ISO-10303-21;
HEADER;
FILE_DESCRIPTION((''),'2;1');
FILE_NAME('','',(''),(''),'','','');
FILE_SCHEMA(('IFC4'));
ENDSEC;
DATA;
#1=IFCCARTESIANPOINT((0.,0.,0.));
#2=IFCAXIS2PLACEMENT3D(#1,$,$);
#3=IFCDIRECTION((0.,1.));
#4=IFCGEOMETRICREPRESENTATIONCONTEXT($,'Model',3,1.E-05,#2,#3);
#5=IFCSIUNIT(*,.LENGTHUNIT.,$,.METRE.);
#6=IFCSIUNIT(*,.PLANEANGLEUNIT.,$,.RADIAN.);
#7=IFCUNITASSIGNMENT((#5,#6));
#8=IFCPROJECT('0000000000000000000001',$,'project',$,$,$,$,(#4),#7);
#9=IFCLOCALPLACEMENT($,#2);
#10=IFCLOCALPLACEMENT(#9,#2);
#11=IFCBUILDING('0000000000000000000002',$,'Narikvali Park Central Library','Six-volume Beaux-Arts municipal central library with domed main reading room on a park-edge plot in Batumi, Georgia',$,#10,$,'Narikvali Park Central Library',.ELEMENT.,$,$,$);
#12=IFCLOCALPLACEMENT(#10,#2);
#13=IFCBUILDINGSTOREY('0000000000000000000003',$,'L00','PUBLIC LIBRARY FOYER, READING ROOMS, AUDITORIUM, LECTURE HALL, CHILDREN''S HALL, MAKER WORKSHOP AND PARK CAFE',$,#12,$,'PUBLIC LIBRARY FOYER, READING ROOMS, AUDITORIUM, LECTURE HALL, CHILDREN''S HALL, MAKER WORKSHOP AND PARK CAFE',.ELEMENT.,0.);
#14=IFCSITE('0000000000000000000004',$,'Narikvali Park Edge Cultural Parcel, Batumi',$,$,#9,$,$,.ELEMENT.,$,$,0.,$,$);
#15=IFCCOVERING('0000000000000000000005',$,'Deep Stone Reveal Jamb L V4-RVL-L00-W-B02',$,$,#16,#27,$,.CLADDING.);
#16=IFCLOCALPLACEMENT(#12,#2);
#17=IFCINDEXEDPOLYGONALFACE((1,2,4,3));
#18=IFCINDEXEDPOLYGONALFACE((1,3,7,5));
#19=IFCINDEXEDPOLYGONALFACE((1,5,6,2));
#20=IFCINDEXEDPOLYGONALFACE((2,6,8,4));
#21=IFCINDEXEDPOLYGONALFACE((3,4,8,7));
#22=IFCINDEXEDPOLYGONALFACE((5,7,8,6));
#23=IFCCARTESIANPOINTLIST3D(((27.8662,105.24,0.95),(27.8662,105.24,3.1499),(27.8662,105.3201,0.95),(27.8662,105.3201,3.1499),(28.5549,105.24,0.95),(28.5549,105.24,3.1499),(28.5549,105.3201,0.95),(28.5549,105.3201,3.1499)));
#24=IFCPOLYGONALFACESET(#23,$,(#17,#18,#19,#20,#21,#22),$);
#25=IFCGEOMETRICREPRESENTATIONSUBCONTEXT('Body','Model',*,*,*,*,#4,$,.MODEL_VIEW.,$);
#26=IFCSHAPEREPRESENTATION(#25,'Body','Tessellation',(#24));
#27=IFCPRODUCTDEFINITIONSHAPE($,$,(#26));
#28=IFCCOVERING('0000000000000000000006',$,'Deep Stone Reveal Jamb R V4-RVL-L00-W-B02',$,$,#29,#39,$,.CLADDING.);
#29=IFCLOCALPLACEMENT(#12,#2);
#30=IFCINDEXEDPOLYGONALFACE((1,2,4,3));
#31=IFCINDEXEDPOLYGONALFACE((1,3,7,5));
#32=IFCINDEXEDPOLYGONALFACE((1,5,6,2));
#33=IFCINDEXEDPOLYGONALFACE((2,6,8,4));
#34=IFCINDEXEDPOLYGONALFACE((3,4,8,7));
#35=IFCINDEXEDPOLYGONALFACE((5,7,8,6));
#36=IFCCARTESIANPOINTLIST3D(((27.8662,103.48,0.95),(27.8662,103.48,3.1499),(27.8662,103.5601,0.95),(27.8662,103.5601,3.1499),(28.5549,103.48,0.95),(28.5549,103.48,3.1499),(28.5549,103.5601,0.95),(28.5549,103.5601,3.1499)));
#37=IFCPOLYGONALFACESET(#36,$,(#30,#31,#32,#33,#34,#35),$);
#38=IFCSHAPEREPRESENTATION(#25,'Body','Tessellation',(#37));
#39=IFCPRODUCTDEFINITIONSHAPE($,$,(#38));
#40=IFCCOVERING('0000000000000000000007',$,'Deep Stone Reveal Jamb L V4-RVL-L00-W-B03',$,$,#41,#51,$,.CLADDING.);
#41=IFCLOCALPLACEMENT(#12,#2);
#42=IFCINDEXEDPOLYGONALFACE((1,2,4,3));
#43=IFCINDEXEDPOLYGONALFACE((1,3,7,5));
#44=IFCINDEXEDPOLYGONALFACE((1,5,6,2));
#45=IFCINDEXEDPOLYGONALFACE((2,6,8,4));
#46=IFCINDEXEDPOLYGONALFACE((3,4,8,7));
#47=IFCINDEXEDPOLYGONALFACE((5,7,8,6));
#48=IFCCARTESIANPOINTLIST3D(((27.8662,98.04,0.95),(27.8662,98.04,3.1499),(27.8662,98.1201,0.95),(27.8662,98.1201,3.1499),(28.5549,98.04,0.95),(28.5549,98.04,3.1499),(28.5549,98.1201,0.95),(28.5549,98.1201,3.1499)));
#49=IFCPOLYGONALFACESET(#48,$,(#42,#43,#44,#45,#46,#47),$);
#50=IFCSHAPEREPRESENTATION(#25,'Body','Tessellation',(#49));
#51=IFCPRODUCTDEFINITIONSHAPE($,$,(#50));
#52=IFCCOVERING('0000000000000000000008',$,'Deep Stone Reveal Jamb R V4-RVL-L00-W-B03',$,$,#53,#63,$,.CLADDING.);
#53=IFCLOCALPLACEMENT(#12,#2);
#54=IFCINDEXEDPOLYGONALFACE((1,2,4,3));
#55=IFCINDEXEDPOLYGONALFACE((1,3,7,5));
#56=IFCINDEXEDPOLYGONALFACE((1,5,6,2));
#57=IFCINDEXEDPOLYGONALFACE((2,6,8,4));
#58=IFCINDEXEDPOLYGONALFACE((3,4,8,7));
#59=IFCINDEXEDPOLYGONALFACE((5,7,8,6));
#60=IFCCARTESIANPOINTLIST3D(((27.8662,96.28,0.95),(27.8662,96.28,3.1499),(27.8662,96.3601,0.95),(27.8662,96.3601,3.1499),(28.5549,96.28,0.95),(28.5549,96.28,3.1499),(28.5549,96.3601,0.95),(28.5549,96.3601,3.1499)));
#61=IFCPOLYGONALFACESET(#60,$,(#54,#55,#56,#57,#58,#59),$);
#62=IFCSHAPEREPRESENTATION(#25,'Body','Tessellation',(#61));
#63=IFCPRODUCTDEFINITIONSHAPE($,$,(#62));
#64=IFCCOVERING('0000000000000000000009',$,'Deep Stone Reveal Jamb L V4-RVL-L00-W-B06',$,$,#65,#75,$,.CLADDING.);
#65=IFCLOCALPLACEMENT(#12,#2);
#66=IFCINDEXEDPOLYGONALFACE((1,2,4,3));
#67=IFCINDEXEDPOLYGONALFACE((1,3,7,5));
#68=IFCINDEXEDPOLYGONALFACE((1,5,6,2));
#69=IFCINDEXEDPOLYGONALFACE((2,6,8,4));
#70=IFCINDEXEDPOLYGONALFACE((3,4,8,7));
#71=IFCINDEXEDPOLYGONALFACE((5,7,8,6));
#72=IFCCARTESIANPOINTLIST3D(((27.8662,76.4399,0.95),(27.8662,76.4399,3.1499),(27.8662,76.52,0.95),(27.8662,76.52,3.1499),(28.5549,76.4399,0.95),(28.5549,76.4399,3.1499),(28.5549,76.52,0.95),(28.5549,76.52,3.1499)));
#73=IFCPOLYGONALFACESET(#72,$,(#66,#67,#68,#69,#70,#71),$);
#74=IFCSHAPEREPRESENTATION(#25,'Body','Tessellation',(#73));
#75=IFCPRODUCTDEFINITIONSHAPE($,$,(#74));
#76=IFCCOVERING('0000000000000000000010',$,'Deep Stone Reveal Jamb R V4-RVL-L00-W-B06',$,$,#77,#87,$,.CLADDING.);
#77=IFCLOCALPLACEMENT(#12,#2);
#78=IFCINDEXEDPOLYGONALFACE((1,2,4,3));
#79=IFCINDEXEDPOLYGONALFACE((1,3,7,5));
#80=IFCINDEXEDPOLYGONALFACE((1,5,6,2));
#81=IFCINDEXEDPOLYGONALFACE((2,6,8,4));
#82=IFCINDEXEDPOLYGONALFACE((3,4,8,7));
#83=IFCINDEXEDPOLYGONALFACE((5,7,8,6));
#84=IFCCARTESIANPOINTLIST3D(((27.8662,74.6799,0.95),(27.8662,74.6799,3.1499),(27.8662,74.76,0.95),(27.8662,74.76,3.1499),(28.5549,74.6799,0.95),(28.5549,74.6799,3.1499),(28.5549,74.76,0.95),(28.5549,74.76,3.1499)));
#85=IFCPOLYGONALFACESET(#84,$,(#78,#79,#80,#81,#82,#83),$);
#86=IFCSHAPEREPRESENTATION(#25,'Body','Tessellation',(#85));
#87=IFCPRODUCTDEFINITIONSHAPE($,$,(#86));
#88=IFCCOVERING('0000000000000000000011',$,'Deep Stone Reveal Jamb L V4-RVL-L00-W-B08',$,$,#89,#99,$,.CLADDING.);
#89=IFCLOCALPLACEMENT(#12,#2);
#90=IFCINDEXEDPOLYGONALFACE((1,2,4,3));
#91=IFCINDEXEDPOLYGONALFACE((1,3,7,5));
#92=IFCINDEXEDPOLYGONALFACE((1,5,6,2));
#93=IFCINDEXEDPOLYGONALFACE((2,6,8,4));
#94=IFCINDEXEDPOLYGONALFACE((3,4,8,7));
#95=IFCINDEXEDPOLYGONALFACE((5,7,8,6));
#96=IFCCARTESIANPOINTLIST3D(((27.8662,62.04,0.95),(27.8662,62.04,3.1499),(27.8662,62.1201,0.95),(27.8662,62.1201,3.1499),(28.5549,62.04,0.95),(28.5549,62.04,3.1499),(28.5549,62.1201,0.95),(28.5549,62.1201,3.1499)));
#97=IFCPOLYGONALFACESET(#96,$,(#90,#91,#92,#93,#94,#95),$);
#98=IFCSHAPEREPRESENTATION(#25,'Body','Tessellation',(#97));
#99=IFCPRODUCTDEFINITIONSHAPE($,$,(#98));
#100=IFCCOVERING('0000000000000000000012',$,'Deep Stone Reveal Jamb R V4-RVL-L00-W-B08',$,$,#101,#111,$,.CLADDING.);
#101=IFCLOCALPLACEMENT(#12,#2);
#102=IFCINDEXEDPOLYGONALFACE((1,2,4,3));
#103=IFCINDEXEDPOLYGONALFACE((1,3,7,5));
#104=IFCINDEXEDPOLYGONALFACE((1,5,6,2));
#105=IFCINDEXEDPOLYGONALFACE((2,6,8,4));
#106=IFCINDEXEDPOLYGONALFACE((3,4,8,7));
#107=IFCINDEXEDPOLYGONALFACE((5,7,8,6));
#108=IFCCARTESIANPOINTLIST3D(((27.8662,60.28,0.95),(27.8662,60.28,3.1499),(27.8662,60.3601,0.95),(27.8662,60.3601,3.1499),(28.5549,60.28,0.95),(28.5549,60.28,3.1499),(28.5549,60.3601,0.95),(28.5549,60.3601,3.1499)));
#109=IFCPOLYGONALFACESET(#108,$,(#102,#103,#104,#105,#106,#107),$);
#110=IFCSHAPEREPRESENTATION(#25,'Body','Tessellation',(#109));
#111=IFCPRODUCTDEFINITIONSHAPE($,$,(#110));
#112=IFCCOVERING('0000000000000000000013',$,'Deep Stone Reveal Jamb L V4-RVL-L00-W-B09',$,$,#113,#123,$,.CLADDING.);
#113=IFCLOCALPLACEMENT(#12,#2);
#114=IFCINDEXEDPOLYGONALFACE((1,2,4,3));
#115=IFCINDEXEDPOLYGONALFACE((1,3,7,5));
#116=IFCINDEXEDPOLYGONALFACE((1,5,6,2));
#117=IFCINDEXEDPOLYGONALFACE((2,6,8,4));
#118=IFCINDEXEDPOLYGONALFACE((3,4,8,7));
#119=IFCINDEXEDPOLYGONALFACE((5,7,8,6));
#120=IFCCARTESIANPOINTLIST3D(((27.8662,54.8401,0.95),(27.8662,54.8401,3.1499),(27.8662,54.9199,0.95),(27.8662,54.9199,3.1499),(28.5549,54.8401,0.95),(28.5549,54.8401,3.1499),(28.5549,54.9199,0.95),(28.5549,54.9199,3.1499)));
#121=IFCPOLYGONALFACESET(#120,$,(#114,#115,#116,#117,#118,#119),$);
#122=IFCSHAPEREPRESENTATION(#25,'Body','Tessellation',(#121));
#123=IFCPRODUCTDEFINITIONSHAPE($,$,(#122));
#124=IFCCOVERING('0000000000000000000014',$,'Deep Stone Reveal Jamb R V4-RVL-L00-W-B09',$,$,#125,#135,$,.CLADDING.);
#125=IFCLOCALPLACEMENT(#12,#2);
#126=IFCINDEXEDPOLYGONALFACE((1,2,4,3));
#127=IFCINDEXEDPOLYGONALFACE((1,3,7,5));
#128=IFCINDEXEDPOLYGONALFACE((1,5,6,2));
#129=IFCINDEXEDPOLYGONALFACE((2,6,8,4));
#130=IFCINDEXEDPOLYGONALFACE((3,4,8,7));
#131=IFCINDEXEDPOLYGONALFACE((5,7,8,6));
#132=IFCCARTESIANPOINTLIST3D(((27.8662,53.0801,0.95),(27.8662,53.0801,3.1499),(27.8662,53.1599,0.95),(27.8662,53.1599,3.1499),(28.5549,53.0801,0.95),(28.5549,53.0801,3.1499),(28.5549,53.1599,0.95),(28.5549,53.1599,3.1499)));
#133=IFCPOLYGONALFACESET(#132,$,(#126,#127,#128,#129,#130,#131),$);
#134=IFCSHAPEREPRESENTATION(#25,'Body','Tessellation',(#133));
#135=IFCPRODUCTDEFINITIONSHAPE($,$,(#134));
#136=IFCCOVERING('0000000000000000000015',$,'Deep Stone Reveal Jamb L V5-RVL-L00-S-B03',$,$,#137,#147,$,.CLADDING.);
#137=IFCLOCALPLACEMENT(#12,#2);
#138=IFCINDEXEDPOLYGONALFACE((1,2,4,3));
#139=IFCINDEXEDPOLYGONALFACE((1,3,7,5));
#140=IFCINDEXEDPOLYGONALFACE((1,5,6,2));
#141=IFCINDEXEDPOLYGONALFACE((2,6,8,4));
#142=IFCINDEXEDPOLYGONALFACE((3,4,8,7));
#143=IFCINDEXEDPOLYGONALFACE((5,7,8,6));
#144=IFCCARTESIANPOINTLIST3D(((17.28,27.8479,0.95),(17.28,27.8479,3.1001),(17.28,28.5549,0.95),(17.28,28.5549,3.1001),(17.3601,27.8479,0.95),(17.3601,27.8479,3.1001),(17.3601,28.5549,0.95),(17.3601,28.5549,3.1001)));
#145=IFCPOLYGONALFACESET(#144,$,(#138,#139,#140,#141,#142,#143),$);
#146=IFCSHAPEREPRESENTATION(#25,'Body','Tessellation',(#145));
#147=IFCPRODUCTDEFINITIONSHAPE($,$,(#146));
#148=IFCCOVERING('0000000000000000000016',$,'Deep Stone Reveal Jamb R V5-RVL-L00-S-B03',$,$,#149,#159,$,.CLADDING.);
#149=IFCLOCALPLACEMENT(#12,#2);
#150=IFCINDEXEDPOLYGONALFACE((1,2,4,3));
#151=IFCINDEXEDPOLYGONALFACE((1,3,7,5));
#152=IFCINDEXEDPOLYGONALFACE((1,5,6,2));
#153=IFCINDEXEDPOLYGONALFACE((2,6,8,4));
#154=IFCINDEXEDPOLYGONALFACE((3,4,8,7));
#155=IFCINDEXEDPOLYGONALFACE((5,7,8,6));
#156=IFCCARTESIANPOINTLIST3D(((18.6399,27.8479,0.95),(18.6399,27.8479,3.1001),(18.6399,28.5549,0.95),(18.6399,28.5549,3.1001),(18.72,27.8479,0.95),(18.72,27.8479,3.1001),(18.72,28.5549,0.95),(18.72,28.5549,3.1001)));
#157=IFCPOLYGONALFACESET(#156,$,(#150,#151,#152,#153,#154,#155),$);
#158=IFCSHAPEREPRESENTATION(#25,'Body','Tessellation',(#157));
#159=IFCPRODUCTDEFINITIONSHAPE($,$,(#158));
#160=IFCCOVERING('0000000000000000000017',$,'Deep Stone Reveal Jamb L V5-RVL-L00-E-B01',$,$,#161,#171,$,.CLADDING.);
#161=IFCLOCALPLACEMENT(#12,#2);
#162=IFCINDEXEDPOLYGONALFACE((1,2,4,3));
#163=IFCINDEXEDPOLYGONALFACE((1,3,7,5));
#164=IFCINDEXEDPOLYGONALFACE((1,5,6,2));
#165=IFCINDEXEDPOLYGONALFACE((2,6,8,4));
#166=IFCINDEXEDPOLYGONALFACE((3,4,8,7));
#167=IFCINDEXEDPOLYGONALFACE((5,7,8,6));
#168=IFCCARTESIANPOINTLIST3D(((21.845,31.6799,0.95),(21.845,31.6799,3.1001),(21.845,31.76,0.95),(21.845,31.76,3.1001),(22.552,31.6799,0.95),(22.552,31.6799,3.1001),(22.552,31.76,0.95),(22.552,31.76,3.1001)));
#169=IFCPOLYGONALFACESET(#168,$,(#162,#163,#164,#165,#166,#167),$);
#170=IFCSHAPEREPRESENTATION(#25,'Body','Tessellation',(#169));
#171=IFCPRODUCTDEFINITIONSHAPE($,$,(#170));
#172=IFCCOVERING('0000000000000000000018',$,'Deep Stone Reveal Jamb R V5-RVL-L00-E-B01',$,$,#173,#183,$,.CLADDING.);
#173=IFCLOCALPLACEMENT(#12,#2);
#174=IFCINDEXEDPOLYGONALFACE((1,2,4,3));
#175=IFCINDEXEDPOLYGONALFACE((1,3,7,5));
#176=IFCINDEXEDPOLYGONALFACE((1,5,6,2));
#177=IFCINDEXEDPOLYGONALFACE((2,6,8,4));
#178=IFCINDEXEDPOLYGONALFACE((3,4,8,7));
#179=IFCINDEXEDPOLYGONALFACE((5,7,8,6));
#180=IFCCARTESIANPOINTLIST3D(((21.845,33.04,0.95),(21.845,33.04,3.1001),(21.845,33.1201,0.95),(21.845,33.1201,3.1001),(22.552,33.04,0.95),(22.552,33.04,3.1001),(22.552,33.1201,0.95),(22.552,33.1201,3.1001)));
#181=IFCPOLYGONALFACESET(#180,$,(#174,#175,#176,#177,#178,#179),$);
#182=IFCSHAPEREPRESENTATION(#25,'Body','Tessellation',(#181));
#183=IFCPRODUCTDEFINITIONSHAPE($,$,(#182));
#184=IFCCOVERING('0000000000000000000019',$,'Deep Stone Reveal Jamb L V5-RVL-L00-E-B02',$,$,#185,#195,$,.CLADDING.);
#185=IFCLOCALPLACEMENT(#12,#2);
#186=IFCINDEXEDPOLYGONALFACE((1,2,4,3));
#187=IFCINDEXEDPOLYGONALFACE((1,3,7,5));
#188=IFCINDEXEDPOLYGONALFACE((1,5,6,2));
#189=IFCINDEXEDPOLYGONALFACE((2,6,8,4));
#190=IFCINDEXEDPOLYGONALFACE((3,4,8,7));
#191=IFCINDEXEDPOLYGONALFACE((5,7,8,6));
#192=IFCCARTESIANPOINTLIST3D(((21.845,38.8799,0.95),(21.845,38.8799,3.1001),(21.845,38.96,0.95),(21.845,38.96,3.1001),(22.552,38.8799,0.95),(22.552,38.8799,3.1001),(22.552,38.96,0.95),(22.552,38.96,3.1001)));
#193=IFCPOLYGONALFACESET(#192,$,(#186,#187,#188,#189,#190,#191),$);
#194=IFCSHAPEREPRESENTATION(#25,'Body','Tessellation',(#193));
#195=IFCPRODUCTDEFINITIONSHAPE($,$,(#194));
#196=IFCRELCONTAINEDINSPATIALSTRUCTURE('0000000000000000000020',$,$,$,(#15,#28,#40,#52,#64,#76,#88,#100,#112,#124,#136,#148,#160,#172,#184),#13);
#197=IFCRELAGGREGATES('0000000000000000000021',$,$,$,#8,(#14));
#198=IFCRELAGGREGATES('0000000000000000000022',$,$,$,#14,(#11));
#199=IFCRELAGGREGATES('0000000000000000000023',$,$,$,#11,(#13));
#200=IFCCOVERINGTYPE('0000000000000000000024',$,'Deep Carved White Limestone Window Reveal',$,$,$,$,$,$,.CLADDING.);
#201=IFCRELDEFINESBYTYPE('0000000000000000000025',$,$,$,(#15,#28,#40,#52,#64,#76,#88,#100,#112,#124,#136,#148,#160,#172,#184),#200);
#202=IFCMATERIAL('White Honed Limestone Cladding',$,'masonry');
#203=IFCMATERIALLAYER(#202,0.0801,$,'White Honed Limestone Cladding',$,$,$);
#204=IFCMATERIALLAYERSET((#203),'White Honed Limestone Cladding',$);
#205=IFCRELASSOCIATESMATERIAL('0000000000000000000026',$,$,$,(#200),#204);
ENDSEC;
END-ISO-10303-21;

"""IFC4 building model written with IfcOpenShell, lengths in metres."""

from ifc_helpers import new_model, si_unit, direction, frame, origin, place, context, subcontext, project, spatial, polyline, outline, extrude, material, layer, layer_set, type_object, element, save


model = new_model("IFC4")

# Units and contexts
model_context = context("Model", 3, precision=1e-05, world=origin(), true_north=direction((0.0, 1.0)))
body_context = subcontext(model_context, "Body", "Model", "MODEL_VIEW")
ifc_project = project(units=[si_unit("LENGTHUNIT", "METRE"), si_unit("PLANEANGLEUNIT", "RADIAN")], contexts=[model_context])

# Site, building, storey
site_placement = place(None, origin())
site = spatial("IfcSite", under=ifc_project, at=site_placement, Name="Narikvali Park Edge Cultural Parcel, Batumi", CompositionType="ELEMENT", RefElevation=0.0)
building_placement = place(site_placement, origin())
building = spatial("IfcBuilding", under=site, at=building_placement, Name="Narikvali Park Central Library", Description="Six-volume Beaux-Arts municipal central library with domed main reading room on a park-edge plot in Batumi, Georgia", LongName="Narikvali Park Central Library", CompositionType="ELEMENT")
storey_placement = place(building_placement, origin())
storey = spatial("IfcBuildingStorey", under=building, at=storey_placement, Name="L00", Description="PUBLIC LIBRARY FOYER, READING ROOMS, AUDITORIUM, LECTURE HALL, CHILDREN'S HALL, MAKER WORKSHOP AND PARK CAFE", LongName="PUBLIC LIBRARY FOYER, READING ROOMS, AUDITORIUM, LECTURE HALL, CHILDREN'S HALL, MAKER WORKSHOP AND PARK CAFE", CompositionType="ELEMENT", Elevation=0.0)

# Coverings
ifc_material = material(Name="White Honed Limestone Cladding", Category="masonry")
ifc_layer = layer(ifc_material, 0.0801, Name="White Honed Limestone Cladding")
ifc_layer_set = layer_set([ifc_layer], Name="White Honed Limestone Cladding")
covering_type = type_object("IfcCoveringType", Name="Deep Carved White Limestone Window Reveal", PredefinedType="CLADDING", material=ifc_layer_set)
covering_1_placement = place(storey_placement, frame((0.0, 0.0, 0.95)))
element("IfcCovering", 1, at=covering_1_placement, inside=storey, type_object=covering_type, Name="Deep Stone Reveal Jamb L V4-RVL-L00-W-B02", PredefinedType="CLADDING", context=body_context, shape_type="SweptSolid", body=[
    extrude(outline(polyline([(28.5549, 105.3201), (28.5549, 105.24), (27.8662, 105.24), (27.8662, 105.3201), (28.5549, 105.3201)])), origin(), (0.0, 0.0, 1.0), 2.2),
])
covering_2_placement = place(storey_placement, frame((0.0, 0.0, 0.95)))
element("IfcCovering", 2, at=covering_2_placement, inside=storey, type_object=covering_type, Name="Deep Stone Reveal Jamb R V4-RVL-L00-W-B02", PredefinedType="CLADDING", context=body_context, shape_type="SweptSolid", body=[
    extrude(outline(polyline([(28.5549, 103.5601), (28.5549, 103.48), (27.8662, 103.48), (27.8662, 103.5601), (28.5549, 103.5601)])), origin(), (0.0, 0.0, 1.0), 2.2),
])
covering_3_placement = place(storey_placement, frame((0.0, 0.0, 0.95)))
element("IfcCovering", 3, at=covering_3_placement, inside=storey, type_object=covering_type, Name="Deep Stone Reveal Jamb L V4-RVL-L00-W-B03", PredefinedType="CLADDING", context=body_context, shape_type="SweptSolid", body=[
    extrude(outline(polyline([(28.5549, 98.1201), (28.5549, 98.04), (27.8662, 98.04), (27.8662, 98.1201), (28.5549, 98.1201)])), origin(), (0.0, 0.0, 1.0), 2.2),
])
covering_4_placement = place(storey_placement, frame((0.0, 0.0, 0.95)))
element("IfcCovering", 4, at=covering_4_placement, inside=storey, type_object=covering_type, Name="Deep Stone Reveal Jamb R V4-RVL-L00-W-B03", PredefinedType="CLADDING", context=body_context, shape_type="SweptSolid", body=[
    extrude(outline(polyline([(28.5549, 96.3601), (28.5549, 96.28), (27.8662, 96.28), (27.8662, 96.3601), (28.5549, 96.3601)])), origin(), (0.0, 0.0, 1.0), 2.2),
])
covering_5_placement = place(storey_placement, frame((0.0, 0.0, 0.95)))
element("IfcCovering", 5, at=covering_5_placement, inside=storey, type_object=covering_type, Name="Deep Stone Reveal Jamb L V4-RVL-L00-W-B06", PredefinedType="CLADDING", context=body_context, shape_type="SweptSolid", body=[
    extrude(outline(polyline([(28.5549, 76.52), (28.5549, 76.4399), (27.8662, 76.4399), (27.8662, 76.52), (28.5549, 76.52)])), origin(), (0.0, 0.0, 1.0), 2.2),
])
covering_6_placement = place(storey_placement, frame((0.0, 0.0, 0.95)))
element("IfcCovering", 6, at=covering_6_placement, inside=storey, type_object=covering_type, Name="Deep Stone Reveal Jamb R V4-RVL-L00-W-B06", PredefinedType="CLADDING", context=body_context, shape_type="SweptSolid", body=[
    extrude(outline(polyline([(28.5549, 74.76), (28.5549, 74.6799), (27.8662, 74.6799), (27.8662, 74.76), (28.5549, 74.76)])), origin(), (0.0, 0.0, 1.0), 2.2),
])
covering_7_placement = place(storey_placement, frame((0.0, 0.0, 0.95)))
element("IfcCovering", 7, at=covering_7_placement, inside=storey, type_object=covering_type, Name="Deep Stone Reveal Jamb L V4-RVL-L00-W-B08", PredefinedType="CLADDING", context=body_context, shape_type="SweptSolid", body=[
    extrude(outline(polyline([(28.5549, 62.1201), (28.5549, 62.04), (27.8662, 62.04), (27.8662, 62.1201), (28.5549, 62.1201)])), origin(), (0.0, 0.0, 1.0), 2.2),
])
covering_8_placement = place(storey_placement, frame((0.0, 0.0, 0.95)))
element("IfcCovering", 8, at=covering_8_placement, inside=storey, type_object=covering_type, Name="Deep Stone Reveal Jamb R V4-RVL-L00-W-B08", PredefinedType="CLADDING", context=body_context, shape_type="SweptSolid", body=[
    extrude(outline(polyline([(28.5549, 60.3601), (28.5549, 60.28), (27.8662, 60.28), (27.8662, 60.3601), (28.5549, 60.3601)])), origin(), (0.0, 0.0, 1.0), 2.2),
])
covering_9_placement = place(storey_placement, frame((0.0, 0.0, 0.95)))
element("IfcCovering", 9, at=covering_9_placement, inside=storey, type_object=covering_type, Name="Deep Stone Reveal Jamb L V4-RVL-L00-W-B09", PredefinedType="CLADDING", context=body_context, shape_type="SweptSolid", body=[
    extrude(outline(polyline([(28.5549, 54.9199), (28.5549, 54.8401), (27.8662, 54.8401), (27.8662, 54.9199), (28.5549, 54.9199)])), origin(), (0.0, 0.0, 1.0), 2.2),
])
covering_10_placement = place(storey_placement, frame((0.0, 0.0, 0.95)))
element("IfcCovering", 10, at=covering_10_placement, inside=storey, type_object=covering_type, Name="Deep Stone Reveal Jamb R V4-RVL-L00-W-B09", PredefinedType="CLADDING", context=body_context, shape_type="SweptSolid", body=[
    extrude(outline(polyline([(28.5549, 53.1599), (28.5549, 53.0801), (27.8662, 53.0801), (27.8662, 53.1599), (28.5549, 53.1599)])), origin(), (0.0, 0.0, 1.0), 2.2),
])
covering_11_placement = place(storey_placement, frame((0.0, 0.0, 0.95)))
element("IfcCovering", 11, at=covering_11_placement, inside=storey, type_object=covering_type, Name="Deep Stone Reveal Jamb L V5-RVL-L00-S-B03", PredefinedType="CLADDING", context=body_context, shape_type="SweptSolid", body=[
    extrude(outline(polyline([(17.28, 28.5549), (17.3601, 28.5549), (17.3601, 27.8479), (17.28, 27.8479), (17.28, 28.5549)])), origin(), (0.0, 0.0, 1.0), 2.1501),
])
covering_12_placement = place(storey_placement, frame((0.0, 0.0, 0.95)))
element("IfcCovering", 12, at=covering_12_placement, inside=storey, type_object=covering_type, Name="Deep Stone Reveal Jamb R V5-RVL-L00-S-B03", PredefinedType="CLADDING", context=body_context, shape_type="SweptSolid", body=[
    extrude(outline(polyline([(18.6399, 28.5549), (18.72, 28.5549), (18.72, 27.8479), (18.6399, 27.8479), (18.6399, 28.5549)])), origin(), (0.0, 0.0, 1.0), 2.1501),
])
covering_13_placement = place(storey_placement, frame((0.0, 0.0, 0.95)))
element("IfcCovering", 13, at=covering_13_placement, inside=storey, type_object=covering_type, Name="Deep Stone Reveal Jamb L V5-RVL-L00-E-B01", PredefinedType="CLADDING", context=body_context, shape_type="SweptSolid", body=[
    extrude(outline(polyline([(21.845, 31.6799), (21.845, 31.76), (22.552, 31.76), (22.552, 31.6799), (21.845, 31.6799)])), origin(), (0.0, 0.0, 1.0), 2.1501),
])
covering_14_placement = place(storey_placement, frame((0.0, 0.0, 0.95)))
element("IfcCovering", 14, at=covering_14_placement, inside=storey, type_object=covering_type, Name="Deep Stone Reveal Jamb R V5-RVL-L00-E-B01", PredefinedType="CLADDING", context=body_context, shape_type="SweptSolid", body=[
    extrude(outline(polyline([(21.845, 33.04), (21.845, 33.1201), (22.552, 33.1201), (22.552, 33.04), (21.845, 33.04)])), origin(), (0.0, 0.0, 1.0), 2.1501),
])
covering_15_placement = place(storey_placement, frame((0.0, 0.0, 0.95)))
element("IfcCovering", 15, at=covering_15_placement, inside=storey, type_object=covering_type, Name="Deep Stone Reveal Jamb L V5-RVL-L00-E-B02", PredefinedType="CLADDING", context=body_context, shape_type="SweptSolid", body=[
    extrude(outline(polyline([(21.845, 38.8799), (21.845, 38.96), (22.552, 38.96), (22.552, 38.8799), (21.845, 38.8799)])), origin(), (0.0, 0.0, 1.0), 2.1501),
])

save(model, "model.ifc")
